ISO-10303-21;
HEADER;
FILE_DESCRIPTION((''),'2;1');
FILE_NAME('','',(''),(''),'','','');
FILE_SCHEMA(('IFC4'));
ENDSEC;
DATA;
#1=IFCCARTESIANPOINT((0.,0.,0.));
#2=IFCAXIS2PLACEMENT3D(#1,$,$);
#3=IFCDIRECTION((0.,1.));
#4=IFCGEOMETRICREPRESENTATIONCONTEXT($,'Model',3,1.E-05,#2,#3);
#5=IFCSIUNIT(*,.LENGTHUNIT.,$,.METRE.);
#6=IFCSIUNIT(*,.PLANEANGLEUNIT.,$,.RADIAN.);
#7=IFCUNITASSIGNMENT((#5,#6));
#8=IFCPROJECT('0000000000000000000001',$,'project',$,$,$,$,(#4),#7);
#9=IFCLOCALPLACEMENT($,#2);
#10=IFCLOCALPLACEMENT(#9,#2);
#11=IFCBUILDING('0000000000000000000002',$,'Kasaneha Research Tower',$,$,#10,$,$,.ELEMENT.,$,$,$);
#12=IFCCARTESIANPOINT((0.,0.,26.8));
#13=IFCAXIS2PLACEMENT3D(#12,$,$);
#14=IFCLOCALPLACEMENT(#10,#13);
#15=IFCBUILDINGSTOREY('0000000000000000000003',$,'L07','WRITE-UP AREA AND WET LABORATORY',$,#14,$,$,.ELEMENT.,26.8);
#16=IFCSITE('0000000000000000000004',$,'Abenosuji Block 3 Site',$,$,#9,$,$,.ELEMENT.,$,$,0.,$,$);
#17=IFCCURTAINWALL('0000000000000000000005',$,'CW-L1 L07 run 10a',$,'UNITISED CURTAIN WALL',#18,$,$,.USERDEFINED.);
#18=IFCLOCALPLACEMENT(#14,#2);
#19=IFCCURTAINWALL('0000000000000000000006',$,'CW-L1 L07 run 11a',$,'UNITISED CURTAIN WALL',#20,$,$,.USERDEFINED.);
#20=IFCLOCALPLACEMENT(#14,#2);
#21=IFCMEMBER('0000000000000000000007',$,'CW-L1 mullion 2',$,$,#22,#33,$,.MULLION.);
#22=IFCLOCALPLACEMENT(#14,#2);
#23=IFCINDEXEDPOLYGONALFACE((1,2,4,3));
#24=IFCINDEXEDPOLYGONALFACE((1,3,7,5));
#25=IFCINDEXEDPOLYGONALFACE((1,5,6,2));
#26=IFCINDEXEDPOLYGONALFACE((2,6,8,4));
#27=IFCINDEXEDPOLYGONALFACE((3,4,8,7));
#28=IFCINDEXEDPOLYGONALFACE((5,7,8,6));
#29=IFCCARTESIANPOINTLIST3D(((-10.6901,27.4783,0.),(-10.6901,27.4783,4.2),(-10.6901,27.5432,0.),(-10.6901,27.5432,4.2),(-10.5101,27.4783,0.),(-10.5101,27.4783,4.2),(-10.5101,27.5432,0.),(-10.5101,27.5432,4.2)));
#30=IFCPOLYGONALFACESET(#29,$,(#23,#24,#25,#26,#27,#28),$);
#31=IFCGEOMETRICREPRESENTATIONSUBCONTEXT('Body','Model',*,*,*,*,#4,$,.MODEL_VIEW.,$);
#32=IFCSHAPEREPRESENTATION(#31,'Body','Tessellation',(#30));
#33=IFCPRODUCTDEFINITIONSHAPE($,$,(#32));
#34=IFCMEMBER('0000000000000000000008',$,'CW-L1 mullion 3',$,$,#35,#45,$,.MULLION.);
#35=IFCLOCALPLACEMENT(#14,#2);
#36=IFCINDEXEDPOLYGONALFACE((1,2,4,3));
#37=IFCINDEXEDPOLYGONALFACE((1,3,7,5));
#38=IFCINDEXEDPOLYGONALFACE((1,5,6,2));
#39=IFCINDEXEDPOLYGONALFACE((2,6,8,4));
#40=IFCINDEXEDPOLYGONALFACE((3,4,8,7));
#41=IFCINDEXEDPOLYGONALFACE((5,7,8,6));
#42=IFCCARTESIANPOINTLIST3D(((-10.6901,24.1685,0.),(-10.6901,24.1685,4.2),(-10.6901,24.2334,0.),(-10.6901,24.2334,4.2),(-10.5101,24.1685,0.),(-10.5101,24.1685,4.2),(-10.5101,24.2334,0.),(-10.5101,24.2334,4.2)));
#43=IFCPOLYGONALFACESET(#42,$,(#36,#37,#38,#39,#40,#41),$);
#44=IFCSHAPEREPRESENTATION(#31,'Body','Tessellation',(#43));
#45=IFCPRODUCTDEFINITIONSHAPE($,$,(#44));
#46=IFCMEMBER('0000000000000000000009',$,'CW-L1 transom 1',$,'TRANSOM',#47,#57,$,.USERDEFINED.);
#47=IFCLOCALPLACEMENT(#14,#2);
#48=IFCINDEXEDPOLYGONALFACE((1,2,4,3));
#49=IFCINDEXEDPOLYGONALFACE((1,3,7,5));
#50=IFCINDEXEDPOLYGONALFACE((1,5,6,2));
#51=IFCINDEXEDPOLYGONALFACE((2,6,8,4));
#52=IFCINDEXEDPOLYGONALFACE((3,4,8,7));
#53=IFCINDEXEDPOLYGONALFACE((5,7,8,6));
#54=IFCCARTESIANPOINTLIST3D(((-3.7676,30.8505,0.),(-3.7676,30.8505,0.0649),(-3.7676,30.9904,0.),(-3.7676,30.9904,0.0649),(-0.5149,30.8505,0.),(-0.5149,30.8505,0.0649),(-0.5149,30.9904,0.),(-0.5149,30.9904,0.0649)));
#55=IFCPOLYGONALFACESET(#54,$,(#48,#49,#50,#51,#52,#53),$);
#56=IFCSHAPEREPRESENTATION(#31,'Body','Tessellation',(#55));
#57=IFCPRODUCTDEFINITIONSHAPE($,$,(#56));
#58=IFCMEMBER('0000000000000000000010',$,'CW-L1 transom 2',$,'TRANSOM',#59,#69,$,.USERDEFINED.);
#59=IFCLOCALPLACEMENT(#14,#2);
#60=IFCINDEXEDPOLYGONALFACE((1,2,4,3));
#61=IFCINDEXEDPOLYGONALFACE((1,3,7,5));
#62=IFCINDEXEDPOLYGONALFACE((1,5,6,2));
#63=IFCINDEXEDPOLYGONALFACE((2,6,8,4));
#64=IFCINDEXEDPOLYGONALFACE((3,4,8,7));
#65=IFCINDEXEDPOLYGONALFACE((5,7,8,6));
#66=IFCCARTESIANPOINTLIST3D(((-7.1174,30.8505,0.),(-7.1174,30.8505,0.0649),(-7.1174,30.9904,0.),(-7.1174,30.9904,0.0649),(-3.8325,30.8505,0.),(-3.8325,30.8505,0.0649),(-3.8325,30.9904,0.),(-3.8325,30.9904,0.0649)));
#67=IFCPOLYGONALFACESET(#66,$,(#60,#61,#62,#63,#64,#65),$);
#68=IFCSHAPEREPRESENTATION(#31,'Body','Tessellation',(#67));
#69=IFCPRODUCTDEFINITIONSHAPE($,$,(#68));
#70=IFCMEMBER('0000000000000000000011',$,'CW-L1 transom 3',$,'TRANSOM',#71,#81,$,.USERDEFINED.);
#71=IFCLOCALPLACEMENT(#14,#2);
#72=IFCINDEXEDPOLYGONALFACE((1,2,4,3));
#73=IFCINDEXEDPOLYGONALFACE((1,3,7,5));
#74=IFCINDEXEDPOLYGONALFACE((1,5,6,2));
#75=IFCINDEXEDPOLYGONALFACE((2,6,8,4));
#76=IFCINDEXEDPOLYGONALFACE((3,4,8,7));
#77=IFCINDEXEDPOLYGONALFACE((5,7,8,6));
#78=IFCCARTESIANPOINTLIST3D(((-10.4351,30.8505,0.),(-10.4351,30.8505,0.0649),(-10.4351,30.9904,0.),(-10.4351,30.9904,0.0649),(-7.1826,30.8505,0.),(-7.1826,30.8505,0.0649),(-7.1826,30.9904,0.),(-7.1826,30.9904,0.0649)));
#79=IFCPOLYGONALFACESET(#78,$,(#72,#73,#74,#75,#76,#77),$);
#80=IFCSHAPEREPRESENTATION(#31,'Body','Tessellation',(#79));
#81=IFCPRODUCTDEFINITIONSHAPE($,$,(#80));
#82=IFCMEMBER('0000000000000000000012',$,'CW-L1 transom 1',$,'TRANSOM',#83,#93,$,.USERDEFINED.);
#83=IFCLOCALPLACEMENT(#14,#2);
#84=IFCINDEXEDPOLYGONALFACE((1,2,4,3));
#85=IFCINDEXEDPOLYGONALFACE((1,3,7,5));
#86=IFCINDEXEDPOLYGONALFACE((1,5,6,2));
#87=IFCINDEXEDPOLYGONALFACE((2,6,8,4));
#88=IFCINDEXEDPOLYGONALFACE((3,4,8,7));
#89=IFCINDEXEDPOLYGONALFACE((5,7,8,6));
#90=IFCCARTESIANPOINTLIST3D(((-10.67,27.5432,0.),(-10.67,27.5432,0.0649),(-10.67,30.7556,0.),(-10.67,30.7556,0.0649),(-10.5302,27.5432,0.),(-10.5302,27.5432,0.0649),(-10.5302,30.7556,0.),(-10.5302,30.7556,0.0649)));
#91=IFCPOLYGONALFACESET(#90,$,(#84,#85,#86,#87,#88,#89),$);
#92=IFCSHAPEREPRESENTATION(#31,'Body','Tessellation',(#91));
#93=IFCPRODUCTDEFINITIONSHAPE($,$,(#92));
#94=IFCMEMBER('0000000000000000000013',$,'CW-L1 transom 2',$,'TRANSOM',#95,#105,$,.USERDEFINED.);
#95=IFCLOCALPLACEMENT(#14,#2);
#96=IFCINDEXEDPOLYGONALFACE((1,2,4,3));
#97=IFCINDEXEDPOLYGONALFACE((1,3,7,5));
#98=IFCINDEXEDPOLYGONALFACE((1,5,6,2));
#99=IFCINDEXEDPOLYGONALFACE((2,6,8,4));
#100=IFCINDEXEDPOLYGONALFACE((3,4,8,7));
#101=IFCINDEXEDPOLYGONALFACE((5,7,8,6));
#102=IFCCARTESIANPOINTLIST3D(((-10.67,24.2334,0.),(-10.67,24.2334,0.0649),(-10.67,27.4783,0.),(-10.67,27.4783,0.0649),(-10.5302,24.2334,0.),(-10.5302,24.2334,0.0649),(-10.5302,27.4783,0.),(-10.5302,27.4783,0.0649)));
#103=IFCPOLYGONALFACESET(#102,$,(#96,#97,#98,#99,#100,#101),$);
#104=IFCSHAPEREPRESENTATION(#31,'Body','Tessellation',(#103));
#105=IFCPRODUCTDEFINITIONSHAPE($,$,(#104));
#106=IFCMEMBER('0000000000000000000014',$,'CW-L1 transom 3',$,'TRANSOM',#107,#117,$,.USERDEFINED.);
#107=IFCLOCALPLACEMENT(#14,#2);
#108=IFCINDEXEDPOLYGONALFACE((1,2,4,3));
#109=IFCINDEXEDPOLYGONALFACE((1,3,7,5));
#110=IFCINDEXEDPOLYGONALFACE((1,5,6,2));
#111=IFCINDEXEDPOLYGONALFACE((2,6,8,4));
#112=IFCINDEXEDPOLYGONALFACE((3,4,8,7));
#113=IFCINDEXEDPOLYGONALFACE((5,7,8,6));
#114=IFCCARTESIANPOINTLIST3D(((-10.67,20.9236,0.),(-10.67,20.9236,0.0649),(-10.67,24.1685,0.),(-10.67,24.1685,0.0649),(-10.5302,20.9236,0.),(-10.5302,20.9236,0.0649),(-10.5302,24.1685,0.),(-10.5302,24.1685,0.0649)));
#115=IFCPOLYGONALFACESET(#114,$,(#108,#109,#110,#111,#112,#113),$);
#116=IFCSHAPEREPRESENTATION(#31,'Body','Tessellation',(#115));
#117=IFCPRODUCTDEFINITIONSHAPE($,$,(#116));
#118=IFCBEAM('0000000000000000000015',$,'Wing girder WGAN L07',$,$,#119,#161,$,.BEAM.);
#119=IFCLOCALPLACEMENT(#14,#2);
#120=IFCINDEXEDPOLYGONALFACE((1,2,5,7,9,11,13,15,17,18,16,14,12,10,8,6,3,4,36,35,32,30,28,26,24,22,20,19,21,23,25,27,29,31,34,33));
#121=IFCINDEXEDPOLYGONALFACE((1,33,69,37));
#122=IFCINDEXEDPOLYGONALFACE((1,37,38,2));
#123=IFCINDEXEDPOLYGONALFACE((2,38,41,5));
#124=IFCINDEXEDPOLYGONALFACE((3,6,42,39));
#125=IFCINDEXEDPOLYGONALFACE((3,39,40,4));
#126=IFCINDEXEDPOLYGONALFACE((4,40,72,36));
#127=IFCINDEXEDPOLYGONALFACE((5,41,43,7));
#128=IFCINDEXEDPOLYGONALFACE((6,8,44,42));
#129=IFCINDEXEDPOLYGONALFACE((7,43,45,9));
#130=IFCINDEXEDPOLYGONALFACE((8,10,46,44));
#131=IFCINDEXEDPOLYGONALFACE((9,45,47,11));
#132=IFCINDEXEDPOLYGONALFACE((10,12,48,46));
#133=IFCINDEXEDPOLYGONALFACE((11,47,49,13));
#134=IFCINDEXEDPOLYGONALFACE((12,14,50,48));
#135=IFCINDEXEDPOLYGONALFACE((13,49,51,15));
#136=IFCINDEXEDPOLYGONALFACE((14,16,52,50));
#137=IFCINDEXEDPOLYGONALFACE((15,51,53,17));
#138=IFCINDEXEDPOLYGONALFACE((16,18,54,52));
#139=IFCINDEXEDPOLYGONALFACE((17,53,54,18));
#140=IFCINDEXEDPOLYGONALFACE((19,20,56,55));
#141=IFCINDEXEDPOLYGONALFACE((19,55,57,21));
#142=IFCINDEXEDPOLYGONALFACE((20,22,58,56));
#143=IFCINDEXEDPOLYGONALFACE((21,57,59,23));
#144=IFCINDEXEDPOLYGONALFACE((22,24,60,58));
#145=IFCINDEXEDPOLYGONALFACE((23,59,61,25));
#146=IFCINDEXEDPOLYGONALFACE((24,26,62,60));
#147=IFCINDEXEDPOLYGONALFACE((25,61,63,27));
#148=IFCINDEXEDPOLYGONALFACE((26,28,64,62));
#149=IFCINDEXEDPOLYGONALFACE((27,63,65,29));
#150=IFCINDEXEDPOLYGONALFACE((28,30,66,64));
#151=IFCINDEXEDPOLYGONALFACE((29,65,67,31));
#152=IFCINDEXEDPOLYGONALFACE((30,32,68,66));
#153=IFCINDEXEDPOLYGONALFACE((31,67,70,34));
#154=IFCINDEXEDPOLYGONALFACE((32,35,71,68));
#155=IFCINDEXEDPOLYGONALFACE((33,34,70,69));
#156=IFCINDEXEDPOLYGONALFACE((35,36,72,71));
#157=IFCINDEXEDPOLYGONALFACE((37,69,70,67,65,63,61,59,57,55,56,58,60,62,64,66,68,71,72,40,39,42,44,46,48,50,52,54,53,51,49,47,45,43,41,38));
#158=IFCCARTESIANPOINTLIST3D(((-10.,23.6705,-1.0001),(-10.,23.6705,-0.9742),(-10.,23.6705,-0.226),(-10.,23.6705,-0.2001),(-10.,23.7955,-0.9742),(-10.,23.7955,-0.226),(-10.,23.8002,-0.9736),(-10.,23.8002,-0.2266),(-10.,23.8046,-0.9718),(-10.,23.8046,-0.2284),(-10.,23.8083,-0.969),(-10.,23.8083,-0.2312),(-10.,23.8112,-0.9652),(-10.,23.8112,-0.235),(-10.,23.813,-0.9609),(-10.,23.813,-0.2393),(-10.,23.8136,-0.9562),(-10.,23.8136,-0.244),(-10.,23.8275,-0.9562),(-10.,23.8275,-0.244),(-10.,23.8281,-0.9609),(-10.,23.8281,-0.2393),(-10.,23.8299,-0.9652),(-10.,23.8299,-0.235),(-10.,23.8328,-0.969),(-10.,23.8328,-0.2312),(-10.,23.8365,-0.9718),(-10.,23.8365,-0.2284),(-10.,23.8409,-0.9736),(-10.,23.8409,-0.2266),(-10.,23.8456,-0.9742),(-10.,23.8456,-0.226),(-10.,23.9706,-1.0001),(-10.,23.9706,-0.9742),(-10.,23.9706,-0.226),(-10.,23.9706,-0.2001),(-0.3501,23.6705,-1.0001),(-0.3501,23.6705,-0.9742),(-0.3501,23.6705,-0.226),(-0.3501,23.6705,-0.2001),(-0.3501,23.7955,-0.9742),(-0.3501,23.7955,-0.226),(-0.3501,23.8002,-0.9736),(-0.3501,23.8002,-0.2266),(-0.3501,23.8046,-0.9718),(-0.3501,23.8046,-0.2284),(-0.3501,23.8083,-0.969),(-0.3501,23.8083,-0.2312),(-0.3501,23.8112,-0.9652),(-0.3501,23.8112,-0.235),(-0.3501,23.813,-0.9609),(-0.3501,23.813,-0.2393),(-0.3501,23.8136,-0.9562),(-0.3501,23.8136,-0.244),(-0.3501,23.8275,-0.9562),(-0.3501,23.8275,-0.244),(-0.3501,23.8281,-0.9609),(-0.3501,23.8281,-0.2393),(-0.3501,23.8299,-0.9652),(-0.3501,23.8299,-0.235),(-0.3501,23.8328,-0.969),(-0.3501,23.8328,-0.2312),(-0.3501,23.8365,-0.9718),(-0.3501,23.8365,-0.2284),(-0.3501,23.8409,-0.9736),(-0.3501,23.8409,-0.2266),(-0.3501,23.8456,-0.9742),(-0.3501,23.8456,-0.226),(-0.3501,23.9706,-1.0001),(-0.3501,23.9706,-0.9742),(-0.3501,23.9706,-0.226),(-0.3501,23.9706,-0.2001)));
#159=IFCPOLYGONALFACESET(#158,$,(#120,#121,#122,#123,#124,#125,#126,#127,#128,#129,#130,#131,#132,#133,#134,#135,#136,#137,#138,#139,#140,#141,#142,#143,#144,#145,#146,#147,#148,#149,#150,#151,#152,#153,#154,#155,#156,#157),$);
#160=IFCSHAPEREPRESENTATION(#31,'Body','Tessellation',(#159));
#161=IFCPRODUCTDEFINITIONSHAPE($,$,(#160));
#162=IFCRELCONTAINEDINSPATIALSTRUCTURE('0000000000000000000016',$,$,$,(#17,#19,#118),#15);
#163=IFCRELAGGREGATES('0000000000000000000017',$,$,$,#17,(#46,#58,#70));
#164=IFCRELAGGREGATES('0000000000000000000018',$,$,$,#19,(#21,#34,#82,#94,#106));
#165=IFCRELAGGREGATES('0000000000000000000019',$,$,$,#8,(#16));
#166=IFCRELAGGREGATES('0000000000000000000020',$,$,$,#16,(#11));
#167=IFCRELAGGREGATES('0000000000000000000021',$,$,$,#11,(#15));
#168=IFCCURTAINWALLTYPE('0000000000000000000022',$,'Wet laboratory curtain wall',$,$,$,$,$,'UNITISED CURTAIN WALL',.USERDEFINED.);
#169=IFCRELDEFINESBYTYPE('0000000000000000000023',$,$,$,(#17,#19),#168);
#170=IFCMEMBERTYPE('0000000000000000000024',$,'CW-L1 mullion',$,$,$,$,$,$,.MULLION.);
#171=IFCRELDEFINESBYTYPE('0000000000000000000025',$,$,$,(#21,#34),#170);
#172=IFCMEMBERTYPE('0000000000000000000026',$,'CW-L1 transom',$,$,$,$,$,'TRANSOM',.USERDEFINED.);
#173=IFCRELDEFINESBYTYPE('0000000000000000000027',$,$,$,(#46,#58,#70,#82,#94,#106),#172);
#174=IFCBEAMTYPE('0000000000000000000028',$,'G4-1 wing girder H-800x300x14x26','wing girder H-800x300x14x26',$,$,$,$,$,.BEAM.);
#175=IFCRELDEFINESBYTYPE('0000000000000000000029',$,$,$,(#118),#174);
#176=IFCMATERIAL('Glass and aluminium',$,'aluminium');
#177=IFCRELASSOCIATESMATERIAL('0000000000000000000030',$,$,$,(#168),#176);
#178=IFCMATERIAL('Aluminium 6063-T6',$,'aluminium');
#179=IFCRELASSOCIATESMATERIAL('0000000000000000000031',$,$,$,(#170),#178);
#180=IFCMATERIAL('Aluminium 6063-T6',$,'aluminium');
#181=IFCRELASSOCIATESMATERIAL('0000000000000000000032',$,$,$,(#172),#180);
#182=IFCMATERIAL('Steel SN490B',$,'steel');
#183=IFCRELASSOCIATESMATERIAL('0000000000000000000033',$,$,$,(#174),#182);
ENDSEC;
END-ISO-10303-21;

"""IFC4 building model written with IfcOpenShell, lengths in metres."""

from ifc_helpers import new_model, si_unit, direction, frame, origin, origin_2d, place, context, subcontext, project, spatial, rectangle, i_section, extrude, material, material_profile, profile_set, type_object, element, aggregate, save


model = new_model("IFC4")

# Units and contexts
model_context = context("Model", 3, precision=1e-05, world=origin(), true_north=direction((0.0, 1.0)))
body_context = subcontext(model_context, "Body", "Model", "MODEL_VIEW")
ifc_project = project(units=[si_unit("LENGTHUNIT", "METRE"), si_unit("PLANEANGLEUNIT", "RADIAN")], contexts=[model_context])

# Site, building, storey
site_placement = place(None, origin())
site = spatial("IfcSite", under=ifc_project, at=site_placement, Name="Abenosuji Block 3 Site", CompositionType="ELEMENT", RefElevation=0.0)
building_placement = place(site_placement, origin())
building = spatial("IfcBuilding", under=site, at=building_placement, Name="Kasaneha Research Tower", CompositionType="ELEMENT")
storey_placement = place(building_placement, frame((0.0, 0.0, 26.8)))
storey = spatial("IfcBuildingStorey", under=building, at=storey_placement, Name="L07", Description="WRITE-UP AREA AND WET LABORATORY", CompositionType="ELEMENT", Elevation=26.8)

# Curtain walls, members
ifc_material_1 = material(Name="Glass and aluminium", Category="aluminium")
curtain_wall_type = type_object("IfcCurtainWallType", Name="Wet laboratory curtain wall", ElementType="UNITISED CURTAIN WALL", PredefinedType="USERDEFINED", material=ifc_material_1)
curtain_wall_1_placement = place(storey_placement, origin())
curtain_wall_1 = element("IfcCurtainWall", 1, at=curtain_wall_1_placement, inside=storey, type_object=curtain_wall_type, Name="CW-L1 L07 run 10a", ObjectType="UNITISED CURTAIN WALL", PredefinedType="USERDEFINED")
ifc_material_2 = material(Name="Aluminium 6063-T6", Category="aluminium")
ifc_material_profile_1 = material_profile(ifc_material_2, rectangle(XDim=0.0649, YDim=0.1799, at=origin_2d()), Name="CW-L1 mullion 65x180")
ifc_profile_set_1 = profile_set([ifc_material_profile_1], Name="Aluminium 6063-T6")
member_type_1 = type_object("IfcMemberType", Name="CW-L1 mullion", PredefinedType="MULLION", material=ifc_profile_set_1)
curtain_wall_2_placement = place(storey_placement, origin())
curtain_wall_2 = element("IfcCurtainWall", 2, at=curtain_wall_2_placement, inside=storey, type_object=curtain_wall_type, Name="CW-L1 L07 run 11a", ObjectType="UNITISED CURTAIN WALL", PredefinedType="USERDEFINED")
member_1_placement = place(storey_placement, frame((-10.6001, 27.5107, 0.0), z_axis=(0.0, 0.0, 1.0), x_axis=(0.0, -1.0, 0.0)))
member_1 = element("IfcMember", 3, at=member_1_placement, type_object=member_type_1, Name="CW-L1 mullion 2", PredefinedType="MULLION", context=body_context, shape_type="SweptSolid", body=[
    extrude(rectangle(XDim=0.0649, YDim=0.1799, at=origin_2d()), origin(), (0.0, 0.0, 1.0), 4.2),
])
member_2_placement = place(storey_placement, frame((-10.6001, 24.2009, 0.0), z_axis=(0.0, 0.0, 1.0), x_axis=(0.0, -1.0, 0.0)))
member_2 = element("IfcMember", 4, at=member_2_placement, type_object=member_type_1, Name="CW-L1 mullion 3", PredefinedType="MULLION", context=body_context, shape_type="SweptSolid", body=[
    extrude(rectangle(XDim=0.0649, YDim=0.1799, at=origin_2d()), origin(), (0.0, 0.0, 1.0), 4.2),
])

# Members
ifc_material_3 = material(Name="Aluminium 6063-T6", Category="aluminium")
ifc_material_profile_2 = material_profile(ifc_material_3, rectangle(XDim=0.1399, YDim=0.0649, at=origin_2d()), Name="CW-L1 transom 140x65")
ifc_profile_set_2 = profile_set([ifc_material_profile_2], Name="Aluminium 6063-T6")
member_type_2 = type_object("IfcMemberType", Name="CW-L1 transom", ElementType="TRANSOM", PredefinedType="USERDEFINED", material=ifc_profile_set_2)
member_3_placement = place(storey_placement, frame((-0.5149, 30.9204, 0.0325), z_axis=(-1.0, 0.0, 0.0), x_axis=(0.0, -1.0, 0.0)))
member_3 = element("IfcMember", 5, at=member_3_placement, type_object=member_type_2, Name="CW-L1 transom 1", ObjectType="TRANSOM", PredefinedType="USERDEFINED", context=body_context, shape_type="SweptSolid", body=[
    extrude(rectangle(XDim=0.1399, YDim=0.0649, at=origin_2d()), origin(), (0.0, 0.0, 1.0), 3.2527),
])
member_4_placement = place(storey_placement, frame((-3.8325, 30.9204, 0.0325), z_axis=(-1.0, 0.0, 0.0), x_axis=(0.0, -1.0, 0.0)))
member_4 = element("IfcMember", 6, at=member_4_placement, type_object=member_type_2, Name="CW-L1 transom 2", ObjectType="TRANSOM", PredefinedType="USERDEFINED", context=body_context, shape_type="SweptSolid", body=[
    extrude(rectangle(XDim=0.1399, YDim=0.0649, at=origin_2d()), origin(), (0.0, 0.0, 1.0), 3.2849),
])
member_5_placement = place(storey_placement, frame((-7.1826, 30.9204, 0.0325), z_axis=(-1.0, 0.0, 0.0), x_axis=(0.0, -1.0, 0.0)))
member_5 = element("IfcMember", 7, at=member_5_placement, type_object=member_type_2, Name="CW-L1 transom 3", ObjectType="TRANSOM", PredefinedType="USERDEFINED", context=body_context, shape_type="SweptSolid", body=[
    extrude(rectangle(XDim=0.1399, YDim=0.0649, at=origin_2d()), origin(), (0.0, 0.0, 1.0), 3.2524),
])
member_6_placement = place(storey_placement, frame((-10.6001, 30.7556, 0.0325), z_axis=(0.0, -1.0, 0.0), x_axis=(1.0, 0.0, 0.0)))
member_6 = element("IfcMember", 8, at=member_6_placement, type_object=member_type_2, Name="CW-L1 transom 1", ObjectType="TRANSOM", PredefinedType="USERDEFINED", context=body_context, shape_type="SweptSolid", body=[
    extrude(rectangle(XDim=0.1399, YDim=0.0649, at=origin_2d()), origin(), (0.0, 0.0, 1.0), 3.2124),
])
member_7_placement = place(storey_placement, frame((-10.6001, 27.4783, 0.0325), z_axis=(0.0, -1.0, 0.0), x_axis=(1.0, 0.0, 0.0)))
member_7 = element("IfcMember", 9, at=member_7_placement, type_object=member_type_2, Name="CW-L1 transom 2", ObjectType="TRANSOM", PredefinedType="USERDEFINED", context=body_context, shape_type="SweptSolid", body=[
    extrude(rectangle(XDim=0.1399, YDim=0.0649, at=origin_2d()), origin(), (0.0, 0.0, 1.0), 3.2449),
])
member_8_placement = place(storey_placement, frame((-10.6001, 24.1685, 0.0325), z_axis=(0.0, -1.0, 0.0), x_axis=(1.0, 0.0, 0.0)))
member_8 = element("IfcMember", 10, at=member_8_placement, type_object=member_type_2, Name="CW-L1 transom 3", ObjectType="TRANSOM", PredefinedType="USERDEFINED", context=body_context, shape_type="SweptSolid", body=[
    extrude(rectangle(XDim=0.1399, YDim=0.0649, at=origin_2d()), origin(), (0.0, 0.0, 1.0), 3.2449),
])

# Beam
ifc_material_4 = material(Name="Steel SN490B", Category="steel")
ifc_material_profile_3 = material_profile(ifc_material_4, i_section(OverallWidth=0.3, OverallDepth=0.8, WebThickness=0.0139, FlangeThickness=0.0259, FilletRadius=0.0181, at=origin_2d()), Name="H-800x300x14x26")
ifc_profile_set_3 = profile_set([ifc_material_profile_3], Name="Steel SN490B")
beam_type_1 = type_object("IfcBeamType", Name="G4-1 wing girder H-800x300x14x26", Description="wing girder H-800x300x14x26", PredefinedType="BEAM", material=ifc_profile_set_3)
beam_1_placement = place(storey_placement, frame((-10.0, 23.8206, -0.6001), z_axis=(1.0, 0.0, 0.0), x_axis=(0.0, 1.0, 0.0)))
element("IfcBeam", 11, at=beam_1_placement, inside=storey, type_object=beam_type_1, Name="Wing girder WGAN L07", PredefinedType="BEAM", context=body_context, shape_type="SweptSolid", body=[
    extrude(i_section(OverallWidth=0.3, OverallDepth=0.8, WebThickness=0.0139, FlangeThickness=0.0259, FilletRadius=0.0181, at=origin_2d()), origin(), (0.0, 0.0, 1.0), 9.6499),
])

aggregate(curtain_wall_1, [member_3, member_4, member_5])
aggregate(curtain_wall_2, [member_1, member_2, member_6, member_7, member_8])

save(model, "model.ifc")
